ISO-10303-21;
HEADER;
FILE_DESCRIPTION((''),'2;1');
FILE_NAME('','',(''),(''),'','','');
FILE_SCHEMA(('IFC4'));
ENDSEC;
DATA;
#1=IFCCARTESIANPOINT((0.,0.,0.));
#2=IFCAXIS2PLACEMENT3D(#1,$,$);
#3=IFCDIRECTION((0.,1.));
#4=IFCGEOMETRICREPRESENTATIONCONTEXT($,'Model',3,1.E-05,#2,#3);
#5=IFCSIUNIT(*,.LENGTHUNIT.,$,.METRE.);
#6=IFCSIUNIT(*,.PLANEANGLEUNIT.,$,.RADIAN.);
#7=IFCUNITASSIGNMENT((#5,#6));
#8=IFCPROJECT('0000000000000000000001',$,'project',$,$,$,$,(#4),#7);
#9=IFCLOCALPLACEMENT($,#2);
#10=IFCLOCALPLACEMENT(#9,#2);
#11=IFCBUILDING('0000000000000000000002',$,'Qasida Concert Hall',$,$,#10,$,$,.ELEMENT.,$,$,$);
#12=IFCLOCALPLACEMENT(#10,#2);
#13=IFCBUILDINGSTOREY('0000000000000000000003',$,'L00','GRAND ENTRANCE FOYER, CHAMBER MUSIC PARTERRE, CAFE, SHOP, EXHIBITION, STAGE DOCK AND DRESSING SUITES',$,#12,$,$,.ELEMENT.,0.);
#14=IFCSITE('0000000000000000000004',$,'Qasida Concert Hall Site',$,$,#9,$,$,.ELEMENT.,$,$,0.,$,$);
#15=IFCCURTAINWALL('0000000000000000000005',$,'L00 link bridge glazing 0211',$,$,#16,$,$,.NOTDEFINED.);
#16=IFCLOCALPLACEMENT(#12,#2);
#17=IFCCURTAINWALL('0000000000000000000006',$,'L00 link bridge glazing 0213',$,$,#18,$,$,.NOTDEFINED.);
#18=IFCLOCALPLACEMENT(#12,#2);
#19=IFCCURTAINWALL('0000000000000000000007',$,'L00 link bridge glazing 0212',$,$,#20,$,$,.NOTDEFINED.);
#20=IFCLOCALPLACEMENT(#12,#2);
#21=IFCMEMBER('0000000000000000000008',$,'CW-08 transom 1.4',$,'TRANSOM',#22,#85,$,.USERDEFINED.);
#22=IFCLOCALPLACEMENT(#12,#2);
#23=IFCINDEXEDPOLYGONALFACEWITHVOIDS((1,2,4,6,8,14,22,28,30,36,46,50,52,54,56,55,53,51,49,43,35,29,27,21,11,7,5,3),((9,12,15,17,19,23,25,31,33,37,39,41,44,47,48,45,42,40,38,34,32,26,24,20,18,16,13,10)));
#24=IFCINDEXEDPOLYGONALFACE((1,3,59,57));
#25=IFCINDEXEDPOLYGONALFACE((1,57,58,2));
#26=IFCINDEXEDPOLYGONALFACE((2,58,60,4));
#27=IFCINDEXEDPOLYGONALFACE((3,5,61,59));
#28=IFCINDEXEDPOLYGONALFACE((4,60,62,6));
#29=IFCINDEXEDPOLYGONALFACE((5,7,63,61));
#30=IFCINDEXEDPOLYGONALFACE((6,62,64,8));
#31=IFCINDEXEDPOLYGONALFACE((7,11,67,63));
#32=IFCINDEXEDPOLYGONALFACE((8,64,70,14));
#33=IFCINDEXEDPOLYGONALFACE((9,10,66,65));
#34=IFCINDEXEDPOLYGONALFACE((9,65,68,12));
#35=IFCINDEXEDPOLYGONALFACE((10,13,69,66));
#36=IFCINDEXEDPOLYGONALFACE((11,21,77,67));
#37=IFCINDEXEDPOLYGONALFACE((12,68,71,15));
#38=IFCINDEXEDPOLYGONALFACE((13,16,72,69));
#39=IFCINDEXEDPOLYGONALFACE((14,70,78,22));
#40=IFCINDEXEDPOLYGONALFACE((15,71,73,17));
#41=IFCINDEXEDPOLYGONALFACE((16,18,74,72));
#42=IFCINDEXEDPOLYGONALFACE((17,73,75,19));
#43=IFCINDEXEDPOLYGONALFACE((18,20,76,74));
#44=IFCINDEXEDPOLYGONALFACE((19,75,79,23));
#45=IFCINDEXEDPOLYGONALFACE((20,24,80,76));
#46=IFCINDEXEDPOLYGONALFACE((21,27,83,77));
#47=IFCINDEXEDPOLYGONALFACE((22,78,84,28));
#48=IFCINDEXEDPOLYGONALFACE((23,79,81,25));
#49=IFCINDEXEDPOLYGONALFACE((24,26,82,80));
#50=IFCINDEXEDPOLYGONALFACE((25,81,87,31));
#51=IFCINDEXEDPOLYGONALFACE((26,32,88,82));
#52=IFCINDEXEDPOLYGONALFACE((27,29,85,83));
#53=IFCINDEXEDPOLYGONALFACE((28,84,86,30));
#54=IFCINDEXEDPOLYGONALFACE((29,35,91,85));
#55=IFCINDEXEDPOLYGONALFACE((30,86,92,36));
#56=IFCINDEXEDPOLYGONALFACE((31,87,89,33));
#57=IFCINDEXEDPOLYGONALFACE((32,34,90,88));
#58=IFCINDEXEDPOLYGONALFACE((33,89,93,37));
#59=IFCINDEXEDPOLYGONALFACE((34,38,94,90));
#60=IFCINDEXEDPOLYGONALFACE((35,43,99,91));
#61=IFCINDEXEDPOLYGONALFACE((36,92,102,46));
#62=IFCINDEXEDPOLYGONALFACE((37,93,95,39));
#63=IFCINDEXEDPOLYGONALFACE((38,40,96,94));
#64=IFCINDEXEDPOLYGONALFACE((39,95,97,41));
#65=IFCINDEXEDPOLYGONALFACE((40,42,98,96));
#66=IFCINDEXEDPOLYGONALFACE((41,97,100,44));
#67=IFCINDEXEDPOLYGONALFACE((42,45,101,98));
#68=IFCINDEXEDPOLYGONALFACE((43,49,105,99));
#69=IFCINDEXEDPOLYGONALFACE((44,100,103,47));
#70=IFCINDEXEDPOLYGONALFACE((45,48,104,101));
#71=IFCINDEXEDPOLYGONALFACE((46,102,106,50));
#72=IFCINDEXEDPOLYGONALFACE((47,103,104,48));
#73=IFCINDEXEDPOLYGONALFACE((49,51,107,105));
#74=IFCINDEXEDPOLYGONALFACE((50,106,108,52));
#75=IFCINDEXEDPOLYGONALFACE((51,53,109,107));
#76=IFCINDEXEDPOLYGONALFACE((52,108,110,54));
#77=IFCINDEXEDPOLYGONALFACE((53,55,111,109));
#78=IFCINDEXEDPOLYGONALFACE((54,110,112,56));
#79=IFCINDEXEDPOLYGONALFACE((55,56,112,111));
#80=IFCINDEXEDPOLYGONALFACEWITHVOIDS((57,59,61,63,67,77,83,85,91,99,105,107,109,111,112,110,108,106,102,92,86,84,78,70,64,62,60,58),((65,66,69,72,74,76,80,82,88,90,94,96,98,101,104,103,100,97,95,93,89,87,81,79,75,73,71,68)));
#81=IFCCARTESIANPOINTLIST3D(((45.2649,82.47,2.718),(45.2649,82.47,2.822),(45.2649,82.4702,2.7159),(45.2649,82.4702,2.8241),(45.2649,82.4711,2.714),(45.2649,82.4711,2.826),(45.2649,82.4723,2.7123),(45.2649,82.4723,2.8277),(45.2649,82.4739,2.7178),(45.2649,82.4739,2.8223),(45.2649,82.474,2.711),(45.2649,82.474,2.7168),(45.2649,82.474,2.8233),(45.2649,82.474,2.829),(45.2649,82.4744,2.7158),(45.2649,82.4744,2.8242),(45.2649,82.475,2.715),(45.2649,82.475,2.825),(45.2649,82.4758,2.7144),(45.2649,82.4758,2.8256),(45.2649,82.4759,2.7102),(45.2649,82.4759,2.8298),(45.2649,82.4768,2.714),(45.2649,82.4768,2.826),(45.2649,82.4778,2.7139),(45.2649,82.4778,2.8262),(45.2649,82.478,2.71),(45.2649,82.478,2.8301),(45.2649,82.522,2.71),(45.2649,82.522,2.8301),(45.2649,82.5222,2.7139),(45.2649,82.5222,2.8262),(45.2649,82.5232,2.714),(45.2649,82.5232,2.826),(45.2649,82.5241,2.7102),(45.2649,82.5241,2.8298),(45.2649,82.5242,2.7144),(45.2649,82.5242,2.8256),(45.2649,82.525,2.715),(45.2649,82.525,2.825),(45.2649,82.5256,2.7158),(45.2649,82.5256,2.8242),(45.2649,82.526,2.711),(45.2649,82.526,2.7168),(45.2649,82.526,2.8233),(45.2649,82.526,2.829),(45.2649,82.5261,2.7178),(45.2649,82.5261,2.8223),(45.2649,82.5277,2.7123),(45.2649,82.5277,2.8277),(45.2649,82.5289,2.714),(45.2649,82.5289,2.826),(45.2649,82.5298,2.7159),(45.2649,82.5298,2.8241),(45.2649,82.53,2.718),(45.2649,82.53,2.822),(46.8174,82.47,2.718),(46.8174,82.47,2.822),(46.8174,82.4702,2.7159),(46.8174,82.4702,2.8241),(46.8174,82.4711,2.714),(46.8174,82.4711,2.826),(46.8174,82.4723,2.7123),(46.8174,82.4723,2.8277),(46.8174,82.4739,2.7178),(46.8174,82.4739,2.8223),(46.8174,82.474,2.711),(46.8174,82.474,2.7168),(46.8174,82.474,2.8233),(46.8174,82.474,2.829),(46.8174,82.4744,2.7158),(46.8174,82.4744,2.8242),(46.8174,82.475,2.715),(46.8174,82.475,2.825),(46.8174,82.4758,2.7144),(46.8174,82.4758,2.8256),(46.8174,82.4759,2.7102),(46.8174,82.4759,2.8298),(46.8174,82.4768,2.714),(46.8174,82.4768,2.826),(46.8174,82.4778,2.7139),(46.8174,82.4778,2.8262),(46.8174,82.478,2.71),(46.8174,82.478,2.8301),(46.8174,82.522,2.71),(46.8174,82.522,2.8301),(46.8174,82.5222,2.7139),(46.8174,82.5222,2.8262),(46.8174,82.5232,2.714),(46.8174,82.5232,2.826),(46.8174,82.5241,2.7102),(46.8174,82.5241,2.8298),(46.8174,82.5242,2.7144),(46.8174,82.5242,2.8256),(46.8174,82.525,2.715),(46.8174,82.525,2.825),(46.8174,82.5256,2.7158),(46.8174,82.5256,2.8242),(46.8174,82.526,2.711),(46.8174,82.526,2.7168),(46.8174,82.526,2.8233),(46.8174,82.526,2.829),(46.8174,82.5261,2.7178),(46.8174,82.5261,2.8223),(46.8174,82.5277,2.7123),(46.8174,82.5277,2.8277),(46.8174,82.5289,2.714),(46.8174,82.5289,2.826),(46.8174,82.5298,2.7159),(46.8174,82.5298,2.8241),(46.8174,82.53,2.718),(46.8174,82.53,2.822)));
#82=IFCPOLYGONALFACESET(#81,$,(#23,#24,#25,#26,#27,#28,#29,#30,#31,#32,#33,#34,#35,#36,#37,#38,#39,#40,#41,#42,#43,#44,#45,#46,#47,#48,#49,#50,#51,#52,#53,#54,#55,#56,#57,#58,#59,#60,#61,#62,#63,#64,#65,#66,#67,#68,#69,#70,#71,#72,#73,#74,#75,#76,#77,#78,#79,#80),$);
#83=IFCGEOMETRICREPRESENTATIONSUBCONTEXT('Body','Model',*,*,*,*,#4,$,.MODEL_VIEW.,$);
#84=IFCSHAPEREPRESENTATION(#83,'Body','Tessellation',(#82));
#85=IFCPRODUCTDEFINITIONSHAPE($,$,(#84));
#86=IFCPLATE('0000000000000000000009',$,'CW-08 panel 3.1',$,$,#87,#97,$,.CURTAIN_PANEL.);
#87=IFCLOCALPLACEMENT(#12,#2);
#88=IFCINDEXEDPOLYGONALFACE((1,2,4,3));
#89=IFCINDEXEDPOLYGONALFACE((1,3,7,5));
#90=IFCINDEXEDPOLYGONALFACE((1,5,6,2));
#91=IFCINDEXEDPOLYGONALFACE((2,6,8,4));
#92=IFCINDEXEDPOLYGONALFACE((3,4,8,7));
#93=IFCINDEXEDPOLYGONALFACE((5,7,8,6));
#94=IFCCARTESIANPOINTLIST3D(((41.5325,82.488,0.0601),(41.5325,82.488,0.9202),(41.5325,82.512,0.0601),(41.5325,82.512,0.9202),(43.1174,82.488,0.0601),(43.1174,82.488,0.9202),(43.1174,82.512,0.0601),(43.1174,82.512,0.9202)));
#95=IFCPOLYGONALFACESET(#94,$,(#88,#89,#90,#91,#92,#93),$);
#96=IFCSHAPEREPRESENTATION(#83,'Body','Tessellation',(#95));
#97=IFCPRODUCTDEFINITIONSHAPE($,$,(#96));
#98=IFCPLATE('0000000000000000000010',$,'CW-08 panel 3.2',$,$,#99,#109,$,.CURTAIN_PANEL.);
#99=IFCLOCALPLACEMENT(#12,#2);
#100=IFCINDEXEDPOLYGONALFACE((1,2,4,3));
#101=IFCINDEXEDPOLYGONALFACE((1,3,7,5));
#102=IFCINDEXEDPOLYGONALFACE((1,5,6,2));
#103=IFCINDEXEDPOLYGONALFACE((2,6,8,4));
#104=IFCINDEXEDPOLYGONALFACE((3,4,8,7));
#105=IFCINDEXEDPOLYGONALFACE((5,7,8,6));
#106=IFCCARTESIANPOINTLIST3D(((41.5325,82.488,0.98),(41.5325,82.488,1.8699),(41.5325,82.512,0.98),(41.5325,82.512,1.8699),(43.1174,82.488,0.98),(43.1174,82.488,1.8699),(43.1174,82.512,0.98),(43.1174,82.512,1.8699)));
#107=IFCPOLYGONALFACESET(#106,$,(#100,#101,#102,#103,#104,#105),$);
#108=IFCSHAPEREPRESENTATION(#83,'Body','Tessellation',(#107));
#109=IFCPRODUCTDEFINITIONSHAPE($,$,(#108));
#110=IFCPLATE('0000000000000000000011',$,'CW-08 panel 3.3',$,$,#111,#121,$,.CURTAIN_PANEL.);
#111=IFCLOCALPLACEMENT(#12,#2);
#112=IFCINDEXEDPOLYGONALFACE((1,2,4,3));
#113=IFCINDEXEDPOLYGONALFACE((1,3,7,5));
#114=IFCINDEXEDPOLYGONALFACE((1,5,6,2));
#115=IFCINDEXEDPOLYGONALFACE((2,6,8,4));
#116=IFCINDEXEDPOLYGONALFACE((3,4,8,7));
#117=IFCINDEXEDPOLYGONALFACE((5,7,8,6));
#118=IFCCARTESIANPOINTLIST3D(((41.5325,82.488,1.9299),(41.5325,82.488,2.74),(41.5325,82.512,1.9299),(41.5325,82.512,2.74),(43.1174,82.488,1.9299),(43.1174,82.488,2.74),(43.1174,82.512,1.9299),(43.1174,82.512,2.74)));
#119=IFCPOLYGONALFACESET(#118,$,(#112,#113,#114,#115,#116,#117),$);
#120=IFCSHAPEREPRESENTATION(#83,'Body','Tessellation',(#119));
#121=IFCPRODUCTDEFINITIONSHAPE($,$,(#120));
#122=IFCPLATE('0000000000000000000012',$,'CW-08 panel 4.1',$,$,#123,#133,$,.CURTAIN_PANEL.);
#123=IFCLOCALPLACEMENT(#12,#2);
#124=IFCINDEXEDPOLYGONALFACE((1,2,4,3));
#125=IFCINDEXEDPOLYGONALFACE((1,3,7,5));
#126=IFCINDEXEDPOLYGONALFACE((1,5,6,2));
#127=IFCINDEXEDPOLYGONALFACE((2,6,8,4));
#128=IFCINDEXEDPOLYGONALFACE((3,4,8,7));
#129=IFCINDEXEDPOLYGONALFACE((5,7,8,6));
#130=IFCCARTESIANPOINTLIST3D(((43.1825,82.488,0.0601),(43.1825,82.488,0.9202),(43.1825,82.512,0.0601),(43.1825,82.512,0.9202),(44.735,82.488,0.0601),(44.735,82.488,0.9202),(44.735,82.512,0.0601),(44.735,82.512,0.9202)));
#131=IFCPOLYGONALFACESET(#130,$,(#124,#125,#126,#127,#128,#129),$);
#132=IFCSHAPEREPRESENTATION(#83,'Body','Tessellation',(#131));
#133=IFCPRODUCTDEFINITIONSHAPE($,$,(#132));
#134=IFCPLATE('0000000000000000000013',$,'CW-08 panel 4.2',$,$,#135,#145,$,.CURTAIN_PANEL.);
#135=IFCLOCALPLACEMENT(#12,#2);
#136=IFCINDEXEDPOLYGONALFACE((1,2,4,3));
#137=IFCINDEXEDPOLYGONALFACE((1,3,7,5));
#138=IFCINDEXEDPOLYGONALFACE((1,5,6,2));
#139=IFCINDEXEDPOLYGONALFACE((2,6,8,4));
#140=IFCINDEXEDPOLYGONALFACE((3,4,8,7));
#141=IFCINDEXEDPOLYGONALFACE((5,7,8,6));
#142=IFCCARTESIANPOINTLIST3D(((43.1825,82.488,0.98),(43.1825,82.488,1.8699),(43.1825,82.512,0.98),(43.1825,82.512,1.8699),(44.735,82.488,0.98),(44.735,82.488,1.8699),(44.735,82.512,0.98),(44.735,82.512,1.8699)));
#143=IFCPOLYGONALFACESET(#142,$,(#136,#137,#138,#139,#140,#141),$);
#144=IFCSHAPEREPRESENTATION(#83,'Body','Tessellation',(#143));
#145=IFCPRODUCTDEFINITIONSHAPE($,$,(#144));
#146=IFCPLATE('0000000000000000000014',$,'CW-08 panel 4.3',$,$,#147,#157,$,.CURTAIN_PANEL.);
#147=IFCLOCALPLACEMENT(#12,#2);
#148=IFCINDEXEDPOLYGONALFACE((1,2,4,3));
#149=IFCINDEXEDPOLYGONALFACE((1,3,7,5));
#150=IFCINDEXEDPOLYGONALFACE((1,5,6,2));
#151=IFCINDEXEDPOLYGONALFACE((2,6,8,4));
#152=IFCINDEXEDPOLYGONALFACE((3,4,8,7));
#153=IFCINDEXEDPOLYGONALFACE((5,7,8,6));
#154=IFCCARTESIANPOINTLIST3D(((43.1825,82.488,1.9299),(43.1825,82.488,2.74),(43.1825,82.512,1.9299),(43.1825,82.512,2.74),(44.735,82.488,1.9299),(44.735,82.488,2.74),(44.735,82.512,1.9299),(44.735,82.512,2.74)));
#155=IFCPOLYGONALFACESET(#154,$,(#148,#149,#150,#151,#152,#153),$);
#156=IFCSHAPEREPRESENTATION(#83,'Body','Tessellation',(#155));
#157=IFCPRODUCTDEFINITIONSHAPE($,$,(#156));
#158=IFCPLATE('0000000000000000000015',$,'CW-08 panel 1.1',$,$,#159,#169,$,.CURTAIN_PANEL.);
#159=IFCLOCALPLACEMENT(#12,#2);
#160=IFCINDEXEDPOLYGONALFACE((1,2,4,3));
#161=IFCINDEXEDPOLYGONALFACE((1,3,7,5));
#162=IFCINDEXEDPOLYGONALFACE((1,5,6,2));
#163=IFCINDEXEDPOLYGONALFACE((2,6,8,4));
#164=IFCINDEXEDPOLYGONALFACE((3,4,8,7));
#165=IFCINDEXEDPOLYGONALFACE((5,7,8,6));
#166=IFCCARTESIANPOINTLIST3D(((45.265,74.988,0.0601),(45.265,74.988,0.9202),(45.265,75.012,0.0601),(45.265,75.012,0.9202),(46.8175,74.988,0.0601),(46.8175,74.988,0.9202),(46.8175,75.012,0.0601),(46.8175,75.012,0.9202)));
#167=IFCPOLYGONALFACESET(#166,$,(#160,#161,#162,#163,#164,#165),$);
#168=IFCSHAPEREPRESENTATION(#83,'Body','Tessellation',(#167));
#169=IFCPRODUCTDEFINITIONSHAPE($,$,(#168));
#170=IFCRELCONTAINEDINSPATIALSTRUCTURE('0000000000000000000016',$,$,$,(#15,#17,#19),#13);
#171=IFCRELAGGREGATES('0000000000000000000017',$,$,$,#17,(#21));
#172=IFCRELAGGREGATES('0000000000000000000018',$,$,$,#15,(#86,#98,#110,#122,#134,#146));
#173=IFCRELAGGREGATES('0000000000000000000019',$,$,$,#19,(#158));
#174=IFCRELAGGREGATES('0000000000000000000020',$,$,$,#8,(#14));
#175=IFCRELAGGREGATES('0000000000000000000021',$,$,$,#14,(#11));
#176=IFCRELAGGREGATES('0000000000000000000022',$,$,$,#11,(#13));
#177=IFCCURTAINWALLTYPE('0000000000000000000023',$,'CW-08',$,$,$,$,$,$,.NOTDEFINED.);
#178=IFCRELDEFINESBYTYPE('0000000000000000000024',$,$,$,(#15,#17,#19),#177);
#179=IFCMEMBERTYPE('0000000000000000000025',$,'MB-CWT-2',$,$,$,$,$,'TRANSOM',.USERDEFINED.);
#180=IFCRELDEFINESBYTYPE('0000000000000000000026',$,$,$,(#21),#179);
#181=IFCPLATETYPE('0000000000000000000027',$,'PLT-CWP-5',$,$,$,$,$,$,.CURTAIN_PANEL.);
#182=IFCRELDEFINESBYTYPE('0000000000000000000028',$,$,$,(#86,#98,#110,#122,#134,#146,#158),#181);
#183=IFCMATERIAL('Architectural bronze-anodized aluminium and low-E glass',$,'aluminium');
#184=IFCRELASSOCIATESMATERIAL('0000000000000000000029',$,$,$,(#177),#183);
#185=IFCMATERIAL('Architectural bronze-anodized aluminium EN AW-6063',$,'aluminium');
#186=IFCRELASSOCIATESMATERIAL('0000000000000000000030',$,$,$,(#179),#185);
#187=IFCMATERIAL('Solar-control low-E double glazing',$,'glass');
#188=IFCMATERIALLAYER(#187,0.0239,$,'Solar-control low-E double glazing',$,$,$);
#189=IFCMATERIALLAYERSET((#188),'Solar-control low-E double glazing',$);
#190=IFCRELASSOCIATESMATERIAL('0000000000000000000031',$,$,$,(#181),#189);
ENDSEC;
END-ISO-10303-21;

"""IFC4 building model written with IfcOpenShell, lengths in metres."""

from ifc_helpers import new_model, si_unit, direction, frame, origin, origin_2d, place, context, subcontext, project, spatial, rectangle, hollow_rectangle, extrude, material, layer, layer_set, material_profile, profile_set, type_object, element, aggregate, save


model = new_model("IFC4")

# Units and contexts
model_context = context("Model", 3, precision=1e-05, world=origin(), true_north=direction((0.0, 1.0)))
body_context = subcontext(model_context, "Body", "Model", "MODEL_VIEW")
ifc_project = project(units=[si_unit("LENGTHUNIT", "METRE"), si_unit("PLANEANGLEUNIT", "RADIAN")], contexts=[model_context])

# Site, building, storey
site_placement = place(None, origin())
site = spatial("IfcSite", under=ifc_project, at=site_placement, Name="Qasida Concert Hall Site", CompositionType="ELEMENT", RefElevation=0.0)
building_placement = place(site_placement, origin())
building = spatial("IfcBuilding", under=site, at=building_placement, Name="Qasida Concert Hall", CompositionType="ELEMENT")
storey_placement = place(building_placement, origin())
storey = spatial("IfcBuildingStorey", under=building, at=storey_placement, Name="L00", Description="GRAND ENTRANCE FOYER, CHAMBER MUSIC PARTERRE, CAFE, SHOP, EXHIBITION, STAGE DOCK AND DRESSING SUITES", CompositionType="ELEMENT", Elevation=0.0)

# Curtain wall
ifc_material_1 = material(Name="Architectural bronze-anodized aluminium and low-E glass", Category="aluminium")
curtain_wall_type = type_object("IfcCurtainWallType", Name="CW-08", PredefinedType="NOTDEFINED", material=ifc_material_1)
curtain_wall_1_placement = place(storey_placement, origin())
curtain_wall_1 = element("IfcCurtainWall", 1, at=curtain_wall_1_placement, inside=storey, type_object=curtain_wall_type, Name="L00 link bridge glazing 0211", PredefinedType="NOTDEFINED")
ifc_material_2 = material(Name="Architectural bronze-anodized aluminium EN AW-6063", Category="aluminium")

# Curtain wall
curtain_wall_2_placement = place(storey_placement, origin())
curtain_wall_2 = element("IfcCurtainWall", 2, at=curtain_wall_2_placement, inside=storey, type_object=curtain_wall_type, Name="L00 link bridge glazing 0213", PredefinedType="NOTDEFINED")

# Shared definitions
ifc_material_profile_1 = material_profile(ifc_material_2, hollow_rectangle(XDim=0.0601, YDim=0.1201, WallThickness=0.0039, InnerFilletRadius=0.0039, OuterFilletRadius=0.0081, at=origin_2d()), Name="CWT 120x60x4")
ifc_profile_set_1 = profile_set([ifc_material_profile_1], Name="Architectural bronze-anodized aluminium EN AW-6063")
member_type_1 = type_object("IfcMemberType", Name="MB-CWT-2", ElementType="TRANSOM", PredefinedType="USERDEFINED", material=ifc_profile_set_1)

# Curtain wall
curtain_wall_3_placement = place(storey_placement, origin())
curtain_wall_3 = element("IfcCurtainWall", 3, at=curtain_wall_3_placement, inside=storey, type_object=curtain_wall_type, Name="L00 link bridge glazing 0212", PredefinedType="NOTDEFINED")

# Member
member_1_placement = place(storey_placement, frame((45.2649, 82.5, 2.77), z_axis=(1.0, 0.0, 0.0), x_axis=(0.0, 1.0, 0.0)))
member_1 = element("IfcMember", 4, at=member_1_placement, type_object=member_type_1, Name="CW-08 transom 1.4", ObjectType="TRANSOM", PredefinedType="USERDEFINED", context=body_context, shape_type="SweptSolid", body=[
    extrude(hollow_rectangle(XDim=0.0601, YDim=0.1201, WallThickness=0.0039, InnerFilletRadius=0.0039, OuterFilletRadius=0.0081, at=origin_2d()), origin(), (0.0, 0.0, 1.0), 1.5525),
])
aggregate(curtain_wall_2, [member_1])

# Plates
ifc_material_3 = material(Name="Solar-control low-E double glazing", Category="glass")
ifc_layer = layer(ifc_material_3, 0.0239, Name="Solar-control low-E double glazing")
ifc_layer_set = layer_set([ifc_layer], Name="Solar-control low-E double glazing")
plate_type = type_object("IfcPlateType", Name="PLT-CWP-5", PredefinedType="CURTAIN_PANEL", material=ifc_layer_set)
plate_1_placement = place(storey_placement, frame((42.325, 82.5, 0.0601), z_axis=(0.0, 0.0, 1.0), x_axis=(1.0, 0.0, 0.0)))
plate_1 = element("IfcPlate", 5, at=plate_1_placement, type_object=plate_type, Name="CW-08 panel 3.1", PredefinedType="CURTAIN_PANEL", context=body_context, shape_type="SweptSolid", body=[
    extrude(rectangle(XDim=1.585, YDim=0.0239, at=origin_2d()), origin(), (0.0, 0.0, 1.0), 0.8601),
])
plate_2_placement = place(storey_placement, frame((42.325, 82.5, 0.98), z_axis=(0.0, 0.0, 1.0), x_axis=(1.0, 0.0, 0.0)))
plate_2 = element("IfcPlate", 6, at=plate_2_placement, type_object=plate_type, Name="CW-08 panel 3.2", PredefinedType="CURTAIN_PANEL", context=body_context, shape_type="SweptSolid", body=[
    extrude(rectangle(XDim=1.585, YDim=0.0239, at=origin_2d()), origin(), (0.0, 0.0, 1.0), 0.8899),
])
plate_3_placement = place(storey_placement, frame((42.325, 82.5, 1.9299), z_axis=(0.0, 0.0, 1.0), x_axis=(1.0, 0.0, 0.0)))
plate_3 = element("IfcPlate", 7, at=plate_3_placement, type_object=plate_type, Name="CW-08 panel 3.3", PredefinedType="CURTAIN_PANEL", context=body_context, shape_type="SweptSolid", body=[
    extrude(rectangle(XDim=1.585, YDim=0.0239, at=origin_2d()), origin(), (0.0, 0.0, 1.0), 0.8101),
])
plate_4_placement = place(storey_placement, frame((43.9587, 82.5, 0.0601), z_axis=(0.0, 0.0, 1.0), x_axis=(1.0, 0.0, 0.0)))
plate_4 = element("IfcPlate", 8, at=plate_4_placement, type_object=plate_type, Name="CW-08 panel 4.1", PredefinedType="CURTAIN_PANEL", context=body_context, shape_type="SweptSolid", body=[
    extrude(rectangle(XDim=1.5525, YDim=0.0239, at=origin_2d()), origin(), (0.0, 0.0, 1.0), 0.8601),
])
plate_5_placement = place(storey_placement, frame((43.9587, 82.5, 0.98), z_axis=(0.0, 0.0, 1.0), x_axis=(1.0, 0.0, 0.0)))
plate_5 = element("IfcPlate", 9, at=plate_5_placement, type_object=plate_type, Name="CW-08 panel 4.2", PredefinedType="CURTAIN_PANEL", context=body_context, shape_type="SweptSolid", body=[
    extrude(rectangle(XDim=1.5525, YDim=0.0239, at=origin_2d()), origin(), (0.0, 0.0, 1.0), 0.8899),
])
plate_6_placement = place(storey_placement, frame((43.9587, 82.5, 1.9299), z_axis=(0.0, 0.0, 1.0), x_axis=(1.0, 0.0, 0.0)))
plate_6 = element("IfcPlate", 10, at=plate_6_placement, type_object=plate_type, Name="CW-08 panel 4.3", PredefinedType="CURTAIN_PANEL", context=body_context, shape_type="SweptSolid", body=[
    extrude(rectangle(XDim=1.5525, YDim=0.0239, at=origin_2d()), origin(), (0.0, 0.0, 1.0), 0.8101),
])
aggregate(curtain_wall_1, [plate_1, plate_2, plate_3, plate_4, plate_5, plate_6])
plate_7_placement = place(storey_placement, frame((46.0413, 75.0, 0.0601), z_axis=(0.0, 0.0, 1.0), x_axis=(1.0, 0.0, 0.0)))
plate_7 = element("IfcPlate", 11, at=plate_7_placement, type_object=plate_type, Name="CW-08 panel 1.1", PredefinedType="CURTAIN_PANEL", context=body_context, shape_type="SweptSolid", body=[
    extrude(rectangle(XDim=1.5525, YDim=0.0239, at=origin_2d()), origin(), (0.0, 0.0, 1.0), 0.8601),
])
aggregate(curtain_wall_3, [plate_7])

save(model, "model.ifc")
